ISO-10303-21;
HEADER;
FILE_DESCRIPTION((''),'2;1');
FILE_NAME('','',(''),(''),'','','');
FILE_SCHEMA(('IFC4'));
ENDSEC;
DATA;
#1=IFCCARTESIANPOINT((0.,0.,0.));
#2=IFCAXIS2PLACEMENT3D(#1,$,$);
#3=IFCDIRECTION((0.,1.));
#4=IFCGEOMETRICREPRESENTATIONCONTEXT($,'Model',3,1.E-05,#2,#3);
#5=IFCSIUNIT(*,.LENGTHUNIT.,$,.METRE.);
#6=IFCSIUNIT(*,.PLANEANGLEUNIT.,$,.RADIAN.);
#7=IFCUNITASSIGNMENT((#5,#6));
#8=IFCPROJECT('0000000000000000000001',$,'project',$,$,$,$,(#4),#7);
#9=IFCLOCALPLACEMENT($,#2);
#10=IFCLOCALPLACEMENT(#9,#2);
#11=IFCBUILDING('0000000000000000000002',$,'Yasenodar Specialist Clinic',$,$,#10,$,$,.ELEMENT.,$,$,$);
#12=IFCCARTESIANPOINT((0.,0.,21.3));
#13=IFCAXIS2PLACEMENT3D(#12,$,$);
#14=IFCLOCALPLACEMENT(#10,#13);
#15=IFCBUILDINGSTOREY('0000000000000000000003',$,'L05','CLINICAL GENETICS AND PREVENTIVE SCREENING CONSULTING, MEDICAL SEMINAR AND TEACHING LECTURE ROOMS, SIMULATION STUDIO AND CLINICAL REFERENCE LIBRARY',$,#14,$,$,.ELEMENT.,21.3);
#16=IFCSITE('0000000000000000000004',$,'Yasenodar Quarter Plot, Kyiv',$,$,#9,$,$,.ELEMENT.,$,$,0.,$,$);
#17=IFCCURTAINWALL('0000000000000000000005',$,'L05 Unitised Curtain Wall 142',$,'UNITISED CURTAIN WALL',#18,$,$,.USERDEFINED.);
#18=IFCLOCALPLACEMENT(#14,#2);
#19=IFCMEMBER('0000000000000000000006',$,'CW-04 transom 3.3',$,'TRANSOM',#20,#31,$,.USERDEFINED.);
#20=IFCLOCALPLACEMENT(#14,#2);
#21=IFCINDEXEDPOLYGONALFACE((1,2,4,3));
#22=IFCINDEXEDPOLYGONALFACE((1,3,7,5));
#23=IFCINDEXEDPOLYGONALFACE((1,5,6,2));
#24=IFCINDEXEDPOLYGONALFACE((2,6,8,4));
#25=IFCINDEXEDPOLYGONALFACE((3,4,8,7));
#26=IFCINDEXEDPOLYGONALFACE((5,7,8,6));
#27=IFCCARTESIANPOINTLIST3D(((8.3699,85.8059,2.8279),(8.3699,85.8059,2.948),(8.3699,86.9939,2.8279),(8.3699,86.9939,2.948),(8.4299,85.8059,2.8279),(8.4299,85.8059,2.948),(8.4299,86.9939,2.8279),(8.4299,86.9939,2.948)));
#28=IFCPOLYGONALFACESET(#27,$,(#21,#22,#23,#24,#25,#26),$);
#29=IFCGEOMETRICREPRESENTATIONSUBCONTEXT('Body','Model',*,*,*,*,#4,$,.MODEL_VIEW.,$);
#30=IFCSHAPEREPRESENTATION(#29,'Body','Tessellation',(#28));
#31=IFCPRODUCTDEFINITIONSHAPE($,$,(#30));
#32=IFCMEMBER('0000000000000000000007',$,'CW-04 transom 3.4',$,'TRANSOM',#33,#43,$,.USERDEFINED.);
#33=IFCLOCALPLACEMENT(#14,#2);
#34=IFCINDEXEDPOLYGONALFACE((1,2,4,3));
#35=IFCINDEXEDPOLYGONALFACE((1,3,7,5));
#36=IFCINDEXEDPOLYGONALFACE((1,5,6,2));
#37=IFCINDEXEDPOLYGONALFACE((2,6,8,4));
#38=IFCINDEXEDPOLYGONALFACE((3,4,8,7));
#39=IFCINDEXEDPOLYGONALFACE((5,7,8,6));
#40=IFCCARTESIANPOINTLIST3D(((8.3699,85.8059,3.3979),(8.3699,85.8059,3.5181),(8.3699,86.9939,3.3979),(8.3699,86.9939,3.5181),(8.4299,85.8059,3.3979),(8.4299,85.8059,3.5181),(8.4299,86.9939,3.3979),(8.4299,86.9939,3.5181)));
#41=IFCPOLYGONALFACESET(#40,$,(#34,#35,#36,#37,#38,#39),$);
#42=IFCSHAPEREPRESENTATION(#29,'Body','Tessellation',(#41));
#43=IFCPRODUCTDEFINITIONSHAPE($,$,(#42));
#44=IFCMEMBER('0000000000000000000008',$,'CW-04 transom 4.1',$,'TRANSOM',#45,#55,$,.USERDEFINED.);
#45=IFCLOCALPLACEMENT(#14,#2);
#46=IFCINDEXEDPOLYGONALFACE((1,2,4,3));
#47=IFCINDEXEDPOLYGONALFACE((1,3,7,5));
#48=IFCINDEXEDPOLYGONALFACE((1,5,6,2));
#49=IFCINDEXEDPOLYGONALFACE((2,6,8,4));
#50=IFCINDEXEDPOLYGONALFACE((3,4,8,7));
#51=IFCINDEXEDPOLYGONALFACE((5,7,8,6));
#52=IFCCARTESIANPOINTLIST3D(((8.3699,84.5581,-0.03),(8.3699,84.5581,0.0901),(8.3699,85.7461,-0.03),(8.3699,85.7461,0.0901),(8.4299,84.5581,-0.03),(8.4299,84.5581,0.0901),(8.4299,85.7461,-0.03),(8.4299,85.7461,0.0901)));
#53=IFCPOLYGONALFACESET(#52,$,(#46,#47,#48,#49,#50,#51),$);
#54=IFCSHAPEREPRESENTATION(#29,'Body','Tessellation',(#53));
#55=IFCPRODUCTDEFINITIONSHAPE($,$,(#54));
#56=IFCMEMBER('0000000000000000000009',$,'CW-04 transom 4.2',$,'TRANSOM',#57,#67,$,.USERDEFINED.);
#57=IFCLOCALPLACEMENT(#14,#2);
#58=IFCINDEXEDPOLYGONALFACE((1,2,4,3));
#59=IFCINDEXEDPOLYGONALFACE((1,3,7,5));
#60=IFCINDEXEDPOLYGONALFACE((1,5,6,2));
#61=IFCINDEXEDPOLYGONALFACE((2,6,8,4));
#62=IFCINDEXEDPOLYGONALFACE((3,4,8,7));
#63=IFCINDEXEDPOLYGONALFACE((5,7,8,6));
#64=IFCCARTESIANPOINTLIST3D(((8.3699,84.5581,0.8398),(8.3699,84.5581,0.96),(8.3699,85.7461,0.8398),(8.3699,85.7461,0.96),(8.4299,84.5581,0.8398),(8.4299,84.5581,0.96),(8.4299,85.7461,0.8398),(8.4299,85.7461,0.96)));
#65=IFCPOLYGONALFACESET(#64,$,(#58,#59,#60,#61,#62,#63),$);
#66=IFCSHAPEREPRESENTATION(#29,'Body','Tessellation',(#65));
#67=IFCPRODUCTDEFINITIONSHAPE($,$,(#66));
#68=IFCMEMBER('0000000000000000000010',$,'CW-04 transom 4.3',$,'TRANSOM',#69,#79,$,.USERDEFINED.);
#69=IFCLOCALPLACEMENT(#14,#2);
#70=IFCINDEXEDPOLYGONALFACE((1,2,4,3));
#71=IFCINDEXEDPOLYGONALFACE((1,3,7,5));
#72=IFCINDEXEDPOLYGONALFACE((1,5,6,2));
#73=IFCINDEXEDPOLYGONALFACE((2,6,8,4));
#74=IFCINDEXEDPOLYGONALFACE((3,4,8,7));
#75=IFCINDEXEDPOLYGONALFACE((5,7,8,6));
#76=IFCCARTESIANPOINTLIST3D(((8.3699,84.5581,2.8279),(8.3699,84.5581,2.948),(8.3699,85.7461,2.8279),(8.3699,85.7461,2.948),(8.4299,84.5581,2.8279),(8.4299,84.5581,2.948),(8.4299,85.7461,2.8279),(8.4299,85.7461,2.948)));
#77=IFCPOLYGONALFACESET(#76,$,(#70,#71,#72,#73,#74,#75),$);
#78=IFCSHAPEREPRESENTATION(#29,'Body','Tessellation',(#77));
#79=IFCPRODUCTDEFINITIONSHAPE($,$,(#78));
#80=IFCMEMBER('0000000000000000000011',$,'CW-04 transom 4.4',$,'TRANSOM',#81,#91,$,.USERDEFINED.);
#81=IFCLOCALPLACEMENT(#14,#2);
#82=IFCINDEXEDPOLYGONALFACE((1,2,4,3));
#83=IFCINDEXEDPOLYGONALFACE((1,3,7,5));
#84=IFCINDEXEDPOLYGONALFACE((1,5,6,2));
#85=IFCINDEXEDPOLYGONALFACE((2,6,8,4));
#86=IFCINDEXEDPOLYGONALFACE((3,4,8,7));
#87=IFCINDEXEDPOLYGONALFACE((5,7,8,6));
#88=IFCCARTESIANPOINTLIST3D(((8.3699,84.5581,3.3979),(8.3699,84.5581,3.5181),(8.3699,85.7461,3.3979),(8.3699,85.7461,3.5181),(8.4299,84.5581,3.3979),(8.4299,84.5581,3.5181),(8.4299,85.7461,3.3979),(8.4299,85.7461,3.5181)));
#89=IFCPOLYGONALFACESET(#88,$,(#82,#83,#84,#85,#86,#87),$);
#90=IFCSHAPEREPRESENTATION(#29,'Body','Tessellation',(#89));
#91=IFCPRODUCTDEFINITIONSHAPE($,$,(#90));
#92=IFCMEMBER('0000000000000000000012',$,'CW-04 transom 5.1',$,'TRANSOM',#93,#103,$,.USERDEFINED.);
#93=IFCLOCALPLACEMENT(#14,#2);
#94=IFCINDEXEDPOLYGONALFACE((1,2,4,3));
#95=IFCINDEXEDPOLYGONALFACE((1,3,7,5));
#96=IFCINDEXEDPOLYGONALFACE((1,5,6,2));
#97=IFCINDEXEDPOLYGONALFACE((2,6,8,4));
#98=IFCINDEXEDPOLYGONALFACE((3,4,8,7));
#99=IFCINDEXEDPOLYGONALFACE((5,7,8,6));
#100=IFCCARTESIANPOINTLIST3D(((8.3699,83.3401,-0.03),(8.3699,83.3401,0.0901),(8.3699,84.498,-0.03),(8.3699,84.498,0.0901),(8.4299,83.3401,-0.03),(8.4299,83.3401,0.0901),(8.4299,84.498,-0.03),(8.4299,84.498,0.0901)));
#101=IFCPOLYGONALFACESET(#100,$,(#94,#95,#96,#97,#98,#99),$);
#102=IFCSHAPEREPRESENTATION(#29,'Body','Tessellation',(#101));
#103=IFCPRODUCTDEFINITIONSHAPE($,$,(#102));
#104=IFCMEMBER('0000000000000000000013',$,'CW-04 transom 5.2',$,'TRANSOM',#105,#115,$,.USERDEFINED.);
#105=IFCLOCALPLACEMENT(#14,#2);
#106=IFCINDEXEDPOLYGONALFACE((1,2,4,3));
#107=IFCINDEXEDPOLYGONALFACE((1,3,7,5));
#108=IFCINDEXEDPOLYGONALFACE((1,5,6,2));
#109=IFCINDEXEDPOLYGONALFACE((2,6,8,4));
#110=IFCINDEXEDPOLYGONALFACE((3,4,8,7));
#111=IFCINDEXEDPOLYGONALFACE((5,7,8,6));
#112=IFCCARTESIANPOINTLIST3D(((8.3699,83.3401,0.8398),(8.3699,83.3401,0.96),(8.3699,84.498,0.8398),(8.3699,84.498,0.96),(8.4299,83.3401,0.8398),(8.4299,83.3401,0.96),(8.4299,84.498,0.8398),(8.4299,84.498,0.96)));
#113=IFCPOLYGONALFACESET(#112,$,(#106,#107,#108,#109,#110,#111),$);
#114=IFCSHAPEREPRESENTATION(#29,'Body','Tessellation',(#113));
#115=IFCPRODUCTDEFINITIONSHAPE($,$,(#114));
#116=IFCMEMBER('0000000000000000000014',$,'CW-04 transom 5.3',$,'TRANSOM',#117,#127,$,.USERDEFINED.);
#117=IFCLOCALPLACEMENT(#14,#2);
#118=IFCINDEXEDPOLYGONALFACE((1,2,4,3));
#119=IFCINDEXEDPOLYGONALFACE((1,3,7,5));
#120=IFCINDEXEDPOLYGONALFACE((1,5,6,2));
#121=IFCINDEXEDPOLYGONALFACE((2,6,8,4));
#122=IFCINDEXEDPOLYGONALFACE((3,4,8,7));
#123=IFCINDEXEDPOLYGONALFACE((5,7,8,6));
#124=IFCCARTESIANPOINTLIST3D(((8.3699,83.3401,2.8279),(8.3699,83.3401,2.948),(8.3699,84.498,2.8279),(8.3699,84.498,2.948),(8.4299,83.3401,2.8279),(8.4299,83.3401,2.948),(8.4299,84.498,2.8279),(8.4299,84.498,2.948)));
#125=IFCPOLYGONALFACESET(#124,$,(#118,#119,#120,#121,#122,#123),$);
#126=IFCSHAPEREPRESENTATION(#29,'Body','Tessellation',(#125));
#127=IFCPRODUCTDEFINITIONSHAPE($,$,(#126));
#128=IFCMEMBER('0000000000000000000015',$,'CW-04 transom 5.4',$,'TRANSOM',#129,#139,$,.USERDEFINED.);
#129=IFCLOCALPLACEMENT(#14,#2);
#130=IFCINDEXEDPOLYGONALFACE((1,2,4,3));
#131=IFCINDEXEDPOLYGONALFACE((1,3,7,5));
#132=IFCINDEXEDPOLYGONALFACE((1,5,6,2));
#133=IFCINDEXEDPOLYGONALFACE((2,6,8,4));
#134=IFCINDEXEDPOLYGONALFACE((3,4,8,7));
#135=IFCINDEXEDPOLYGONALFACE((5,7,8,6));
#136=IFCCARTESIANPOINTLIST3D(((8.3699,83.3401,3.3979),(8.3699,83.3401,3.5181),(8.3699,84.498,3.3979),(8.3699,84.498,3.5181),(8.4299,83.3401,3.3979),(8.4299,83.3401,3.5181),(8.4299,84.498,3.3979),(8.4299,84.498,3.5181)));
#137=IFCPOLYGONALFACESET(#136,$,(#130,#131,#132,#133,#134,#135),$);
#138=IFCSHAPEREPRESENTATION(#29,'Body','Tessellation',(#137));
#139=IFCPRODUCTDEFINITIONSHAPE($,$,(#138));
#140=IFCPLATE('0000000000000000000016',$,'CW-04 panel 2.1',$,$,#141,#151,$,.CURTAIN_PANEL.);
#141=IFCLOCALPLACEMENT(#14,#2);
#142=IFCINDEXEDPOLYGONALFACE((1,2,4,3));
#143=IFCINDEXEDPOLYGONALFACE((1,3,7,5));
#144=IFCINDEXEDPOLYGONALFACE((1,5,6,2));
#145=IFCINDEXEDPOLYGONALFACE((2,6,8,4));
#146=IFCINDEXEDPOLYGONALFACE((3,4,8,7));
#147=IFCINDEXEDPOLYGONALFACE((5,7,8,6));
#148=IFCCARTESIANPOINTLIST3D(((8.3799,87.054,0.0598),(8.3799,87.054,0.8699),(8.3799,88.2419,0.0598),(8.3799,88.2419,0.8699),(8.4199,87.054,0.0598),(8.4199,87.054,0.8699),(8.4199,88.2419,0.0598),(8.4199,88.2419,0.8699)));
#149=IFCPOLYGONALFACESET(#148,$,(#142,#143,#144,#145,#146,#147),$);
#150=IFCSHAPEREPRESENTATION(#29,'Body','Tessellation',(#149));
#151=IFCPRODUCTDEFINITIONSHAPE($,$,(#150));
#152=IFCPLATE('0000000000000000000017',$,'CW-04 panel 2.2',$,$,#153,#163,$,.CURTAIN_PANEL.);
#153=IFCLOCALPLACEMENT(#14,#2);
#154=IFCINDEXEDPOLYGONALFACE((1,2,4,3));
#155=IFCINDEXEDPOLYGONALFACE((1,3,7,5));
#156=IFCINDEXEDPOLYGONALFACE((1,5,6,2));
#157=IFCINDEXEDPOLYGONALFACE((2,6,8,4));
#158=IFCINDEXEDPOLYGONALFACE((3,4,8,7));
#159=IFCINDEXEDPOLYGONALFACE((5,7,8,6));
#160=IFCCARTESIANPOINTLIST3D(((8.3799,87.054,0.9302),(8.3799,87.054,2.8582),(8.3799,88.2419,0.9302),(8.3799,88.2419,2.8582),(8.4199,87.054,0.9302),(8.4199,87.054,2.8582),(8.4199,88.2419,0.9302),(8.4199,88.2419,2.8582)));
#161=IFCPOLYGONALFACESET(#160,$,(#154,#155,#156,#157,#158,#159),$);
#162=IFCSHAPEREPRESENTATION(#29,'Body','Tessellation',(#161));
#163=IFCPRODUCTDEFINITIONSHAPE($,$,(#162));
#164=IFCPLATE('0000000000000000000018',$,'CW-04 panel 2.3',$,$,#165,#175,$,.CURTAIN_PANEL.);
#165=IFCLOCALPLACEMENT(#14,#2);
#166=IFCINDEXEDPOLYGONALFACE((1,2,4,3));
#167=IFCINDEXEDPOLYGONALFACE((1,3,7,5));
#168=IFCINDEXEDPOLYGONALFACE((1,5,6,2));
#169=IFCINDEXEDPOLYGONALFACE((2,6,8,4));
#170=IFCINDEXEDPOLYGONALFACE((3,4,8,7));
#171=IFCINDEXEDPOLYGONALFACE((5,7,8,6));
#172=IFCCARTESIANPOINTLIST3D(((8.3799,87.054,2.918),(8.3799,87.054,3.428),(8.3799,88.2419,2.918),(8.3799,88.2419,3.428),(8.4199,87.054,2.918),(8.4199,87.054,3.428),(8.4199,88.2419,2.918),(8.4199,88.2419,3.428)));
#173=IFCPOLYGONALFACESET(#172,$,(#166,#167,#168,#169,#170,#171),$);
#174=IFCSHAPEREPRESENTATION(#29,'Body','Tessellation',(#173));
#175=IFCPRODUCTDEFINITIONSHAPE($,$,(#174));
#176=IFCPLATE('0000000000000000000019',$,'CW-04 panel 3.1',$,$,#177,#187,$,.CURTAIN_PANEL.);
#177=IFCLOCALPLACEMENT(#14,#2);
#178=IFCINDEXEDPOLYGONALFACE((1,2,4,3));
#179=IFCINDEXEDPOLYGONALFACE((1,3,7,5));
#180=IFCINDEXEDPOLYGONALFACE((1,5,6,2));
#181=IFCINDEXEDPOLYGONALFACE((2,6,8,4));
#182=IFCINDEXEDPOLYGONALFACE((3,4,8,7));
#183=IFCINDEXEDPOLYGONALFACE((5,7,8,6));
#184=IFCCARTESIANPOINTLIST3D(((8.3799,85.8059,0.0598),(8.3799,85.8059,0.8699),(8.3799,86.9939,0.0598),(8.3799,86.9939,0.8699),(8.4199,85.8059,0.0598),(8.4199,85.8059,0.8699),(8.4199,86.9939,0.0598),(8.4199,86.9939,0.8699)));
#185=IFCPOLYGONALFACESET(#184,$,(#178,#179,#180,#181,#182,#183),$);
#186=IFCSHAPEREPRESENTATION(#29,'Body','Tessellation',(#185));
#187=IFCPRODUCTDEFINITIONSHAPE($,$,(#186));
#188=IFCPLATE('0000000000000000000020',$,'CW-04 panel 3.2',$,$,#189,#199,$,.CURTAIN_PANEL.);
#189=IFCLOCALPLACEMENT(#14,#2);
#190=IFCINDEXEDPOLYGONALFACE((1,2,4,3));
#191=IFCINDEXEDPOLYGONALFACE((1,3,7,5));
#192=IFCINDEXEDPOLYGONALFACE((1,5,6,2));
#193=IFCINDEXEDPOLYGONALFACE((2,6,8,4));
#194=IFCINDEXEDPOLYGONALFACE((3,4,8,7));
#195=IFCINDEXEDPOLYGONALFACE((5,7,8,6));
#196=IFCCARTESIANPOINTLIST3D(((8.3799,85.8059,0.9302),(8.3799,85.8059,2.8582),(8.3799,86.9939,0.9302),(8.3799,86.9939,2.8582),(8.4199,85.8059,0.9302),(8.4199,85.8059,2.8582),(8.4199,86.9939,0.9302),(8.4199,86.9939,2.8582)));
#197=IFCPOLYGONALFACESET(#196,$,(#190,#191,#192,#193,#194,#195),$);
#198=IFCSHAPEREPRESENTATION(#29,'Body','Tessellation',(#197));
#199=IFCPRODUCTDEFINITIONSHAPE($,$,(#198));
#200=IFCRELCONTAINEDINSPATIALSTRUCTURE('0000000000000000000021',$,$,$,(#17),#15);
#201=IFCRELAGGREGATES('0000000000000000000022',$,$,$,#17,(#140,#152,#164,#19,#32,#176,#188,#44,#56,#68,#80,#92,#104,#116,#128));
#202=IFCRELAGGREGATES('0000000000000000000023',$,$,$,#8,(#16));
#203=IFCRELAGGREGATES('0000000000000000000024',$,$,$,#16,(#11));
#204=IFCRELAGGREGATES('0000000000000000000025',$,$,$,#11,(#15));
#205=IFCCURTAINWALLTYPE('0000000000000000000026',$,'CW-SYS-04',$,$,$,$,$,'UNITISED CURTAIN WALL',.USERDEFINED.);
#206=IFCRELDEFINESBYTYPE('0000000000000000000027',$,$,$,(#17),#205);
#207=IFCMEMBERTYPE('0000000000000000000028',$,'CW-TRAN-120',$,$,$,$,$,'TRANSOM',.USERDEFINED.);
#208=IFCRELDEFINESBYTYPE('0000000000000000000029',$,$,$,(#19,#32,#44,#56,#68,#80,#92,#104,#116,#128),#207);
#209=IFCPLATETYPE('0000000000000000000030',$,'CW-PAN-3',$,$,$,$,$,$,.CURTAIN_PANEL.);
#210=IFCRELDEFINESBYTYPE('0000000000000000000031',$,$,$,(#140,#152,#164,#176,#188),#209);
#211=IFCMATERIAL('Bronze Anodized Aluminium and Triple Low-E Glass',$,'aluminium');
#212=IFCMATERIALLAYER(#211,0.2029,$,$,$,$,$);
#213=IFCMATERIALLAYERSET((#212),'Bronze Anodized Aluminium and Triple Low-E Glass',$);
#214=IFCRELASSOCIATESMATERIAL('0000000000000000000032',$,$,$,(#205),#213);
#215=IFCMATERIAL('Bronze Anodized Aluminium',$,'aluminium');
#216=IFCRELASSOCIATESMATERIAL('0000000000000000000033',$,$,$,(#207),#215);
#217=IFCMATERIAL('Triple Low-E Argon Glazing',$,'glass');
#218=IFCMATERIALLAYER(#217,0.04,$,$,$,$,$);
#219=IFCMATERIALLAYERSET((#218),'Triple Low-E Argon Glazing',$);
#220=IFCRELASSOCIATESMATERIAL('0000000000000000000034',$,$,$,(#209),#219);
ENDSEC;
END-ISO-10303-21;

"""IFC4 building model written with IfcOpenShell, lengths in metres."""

from ifc_helpers import new_model, si_unit, direction, frame, origin, origin_2d, place, context, subcontext, project, spatial, rectangle, extrude, material, layer, layer_set, material_profile, profile_set, type_object, element, aggregate, save


model = new_model("IFC4")

# Units and contexts
model_context = context("Model", 3, precision=1e-05, world=origin(), true_north=direction((0.0, 1.0)))
body_context = subcontext(model_context, "Body", "Model", "MODEL_VIEW")
ifc_project = project(units=[si_unit("LENGTHUNIT", "METRE"), si_unit("PLANEANGLEUNIT", "RADIAN")], contexts=[model_context])

# Site, building, storey
site_placement = place(None, origin())
site = spatial("IfcSite", under=ifc_project, at=site_placement, Name="Yasenodar Quarter Plot, Kyiv", CompositionType="ELEMENT", RefElevation=0.0)
building_placement = place(site_placement, origin())
building = spatial("IfcBuilding", under=site, at=building_placement, Name="Yasenodar Specialist Clinic", CompositionType="ELEMENT")
storey_placement = place(building_placement, frame((0.0, 0.0, 21.3)))
storey = spatial("IfcBuildingStorey", under=building, at=storey_placement, Name="L05", Description="CLINICAL GENETICS AND PREVENTIVE SCREENING CONSULTING, MEDICAL SEMINAR AND TEACHING LECTURE ROOMS, SIMULATION STUDIO AND CLINICAL REFERENCE LIBRARY", CompositionType="ELEMENT", Elevation=21.3)

# Curtain wall, members, plates
ifc_material_1 = material(Name="Bronze Anodized Aluminium and Triple Low-E Glass", Category="aluminium")
ifc_layer_1 = layer(ifc_material_1, 0.2029)
ifc_layer_set_1 = layer_set([ifc_layer_1], Name="Bronze Anodized Aluminium and Triple Low-E Glass")
curtain_wall_type = type_object("IfcCurtainWallType", Name="CW-SYS-04", ElementType="UNITISED CURTAIN WALL", PredefinedType="USERDEFINED", material=ifc_layer_set_1)
curtain_wall_placement = place(storey_placement, origin())
curtain_wall = element("IfcCurtainWall", 1, at=curtain_wall_placement, inside=storey, type_object=curtain_wall_type, Name="L05 Unitised Curtain Wall 142", ObjectType="UNITISED CURTAIN WALL", PredefinedType="USERDEFINED")
ifc_material_2 = material(Name="Bronze Anodized Aluminium", Category="aluminium")
ifc_material_profile_1 = material_profile(ifc_material_2, rectangle(XDim=0.0601, YDim=0.1201, at=origin_2d()), Name="CW-TRAN 60x120")
ifc_profile_set_1 = profile_set([ifc_material_profile_1], Name="Bronze Anodized Aluminium")
member_type_1 = type_object("IfcMemberType", Name="CW-TRAN-120", ElementType="TRANSOM", PredefinedType="USERDEFINED", material=ifc_profile_set_1)
member_1_placement = place(storey_placement, frame((8.3999, 86.9939, 2.8879), z_axis=(0.0, -1.0, 0.0), x_axis=(1.0, 0.0, 0.0)))
member_1 = element("IfcMember", 2, at=member_1_placement, type_object=member_type_1, Name="CW-04 transom 3.3", ObjectType="TRANSOM", PredefinedType="USERDEFINED", context=body_context, shape_type="SweptSolid", body=[
    extrude(rectangle(XDim=0.0601, YDim=0.1201, at=origin_2d()), origin(), (0.0, 0.0, 1.0), 1.188),
])
member_2_placement = place(storey_placement, frame((8.3999, 86.9939, 3.458), z_axis=(0.0, -1.0, 0.0), x_axis=(1.0, 0.0, 0.0)))
member_2 = element("IfcMember", 3, at=member_2_placement, type_object=member_type_1, Name="CW-04 transom 3.4", ObjectType="TRANSOM", PredefinedType="USERDEFINED", context=body_context, shape_type="SweptSolid", body=[
    extrude(rectangle(XDim=0.0601, YDim=0.1201, at=origin_2d()), origin(), (0.0, 0.0, 1.0), 1.188),
])
member_3_placement = place(storey_placement, frame((8.3999, 85.7461, 0.03), z_axis=(0.0, -1.0, 0.0), x_axis=(1.0, 0.0, 0.0)))
member_3 = element("IfcMember", 4, at=member_3_placement, type_object=member_type_1, Name="CW-04 transom 4.1", ObjectType="TRANSOM", PredefinedType="USERDEFINED", context=body_context, shape_type="SweptSolid", body=[
    extrude(rectangle(XDim=0.0601, YDim=0.1201, at=origin_2d()), origin(), (0.0, 0.0, 1.0), 1.188),
])
member_4_placement = place(storey_placement, frame((8.3999, 85.7461, 0.8999), z_axis=(0.0, -1.0, 0.0), x_axis=(1.0, 0.0, 0.0)))
member_4 = element("IfcMember", 5, at=member_4_placement, type_object=member_type_1, Name="CW-04 transom 4.2", ObjectType="TRANSOM", PredefinedType="USERDEFINED", context=body_context, shape_type="SweptSolid", body=[
    extrude(rectangle(XDim=0.0601, YDim=0.1201, at=origin_2d()), origin(), (0.0, 0.0, 1.0), 1.188),
])
member_5_placement = place(storey_placement, frame((8.3999, 85.7461, 2.8879), z_axis=(0.0, -1.0, 0.0), x_axis=(1.0, 0.0, 0.0)))
member_5 = element("IfcMember", 6, at=member_5_placement, type_object=member_type_1, Name="CW-04 transom 4.3", ObjectType="TRANSOM", PredefinedType="USERDEFINED", context=body_context, shape_type="SweptSolid", body=[
    extrude(rectangle(XDim=0.0601, YDim=0.1201, at=origin_2d()), origin(), (0.0, 0.0, 1.0), 1.188),
])
member_6_placement = place(storey_placement, frame((8.3999, 85.7461, 3.458), z_axis=(0.0, -1.0, 0.0), x_axis=(1.0, 0.0, 0.0)))
member_6 = element("IfcMember", 7, at=member_6_placement, type_object=member_type_1, Name="CW-04 transom 4.4", ObjectType="TRANSOM", PredefinedType="USERDEFINED", context=body_context, shape_type="SweptSolid", body=[
    extrude(rectangle(XDim=0.0601, YDim=0.1201, at=origin_2d()), origin(), (0.0, 0.0, 1.0), 1.188),
])
member_7_placement = place(storey_placement, frame((8.3999, 84.498, 0.03), z_axis=(0.0, -1.0, 0.0), x_axis=(1.0, 0.0, 0.0)))
member_7 = element("IfcMember", 8, at=member_7_placement, type_object=member_type_1, Name="CW-04 transom 5.1", ObjectType="TRANSOM", PredefinedType="USERDEFINED", context=body_context, shape_type="SweptSolid", body=[
    extrude(rectangle(XDim=0.0601, YDim=0.1201, at=origin_2d()), origin(), (0.0, 0.0, 1.0), 1.158),
])
member_8_placement = place(storey_placement, frame((8.3999, 84.498, 0.8999), z_axis=(0.0, -1.0, 0.0), x_axis=(1.0, 0.0, 0.0)))
member_8 = element("IfcMember", 9, at=member_8_placement, type_object=member_type_1, Name="CW-04 transom 5.2", ObjectType="TRANSOM", PredefinedType="USERDEFINED", context=body_context, shape_type="SweptSolid", body=[
    extrude(rectangle(XDim=0.0601, YDim=0.1201, at=origin_2d()), origin(), (0.0, 0.0, 1.0), 1.158),
])
member_9_placement = place(storey_placement, frame((8.3999, 84.498, 2.8879), z_axis=(0.0, -1.0, 0.0), x_axis=(1.0, 0.0, 0.0)))
member_9 = element("IfcMember", 10, at=member_9_placement, type_object=member_type_1, Name="CW-04 transom 5.3", ObjectType="TRANSOM", PredefinedType="USERDEFINED", context=body_context, shape_type="SweptSolid", body=[
    extrude(rectangle(XDim=0.0601, YDim=0.1201, at=origin_2d()), origin(), (0.0, 0.0, 1.0), 1.158),
])
member_10_placement = place(storey_placement, frame((8.3999, 84.498, 3.458), z_axis=(0.0, -1.0, 0.0), x_axis=(1.0, 0.0, 0.0)))
member_10 = element("IfcMember", 11, at=member_10_placement, type_object=member_type_1, Name="CW-04 transom 5.4", ObjectType="TRANSOM", PredefinedType="USERDEFINED", context=body_context, shape_type="SweptSolid", body=[
    extrude(rectangle(XDim=0.0601, YDim=0.1201, at=origin_2d()), origin(), (0.0, 0.0, 1.0), 1.158),
])
ifc_material_3 = material(Name="Triple Low-E Argon Glazing", Category="glass")
ifc_layer_2 = layer(ifc_material_3, 0.04)
ifc_layer_set_2 = layer_set([ifc_layer_2], Name="Triple Low-E Argon Glazing")
plate_type = type_object("IfcPlateType", Name="CW-PAN-3", PredefinedType="CURTAIN_PANEL", material=ifc_layer_set_2)
plate_1_placement = place(storey_placement, frame((8.3999, 87.6479, 0.0598), z_axis=(0.0, 0.0, 1.0), x_axis=(0.0, -1.0, 0.0)))
plate_1 = element("IfcPlate", 12, at=plate_1_placement, type_object=plate_type, Name="CW-04 panel 2.1", PredefinedType="CURTAIN_PANEL", context=body_context, shape_type="SweptSolid", body=[
    extrude(rectangle(XDim=1.188, YDim=0.04, at=origin_2d()), origin(), (0.0, 0.0, 1.0), 0.8101),
])
plate_2_placement = place(storey_placement, frame((8.3999, 87.6479, 0.9302), z_axis=(0.0, 0.0, 1.0), x_axis=(0.0, -1.0, 0.0)))
plate_2 = element("IfcPlate", 13, at=plate_2_placement, type_object=plate_type, Name="CW-04 panel 2.2", PredefinedType="CURTAIN_PANEL", context=body_context, shape_type="SweptSolid", body=[
    extrude(rectangle(XDim=1.188, YDim=0.04, at=origin_2d()), origin(), (0.0, 0.0, 1.0), 1.928),
])
plate_3_placement = place(storey_placement, frame((8.3999, 87.6479, 2.918), z_axis=(0.0, 0.0, 1.0), x_axis=(0.0, -1.0, 0.0)))
plate_3 = element("IfcPlate", 14, at=plate_3_placement, type_object=plate_type, Name="CW-04 panel 2.3", PredefinedType="CURTAIN_PANEL", context=body_context, shape_type="SweptSolid", body=[
    extrude(rectangle(XDim=1.188, YDim=0.04, at=origin_2d()), origin(), (0.0, 0.0, 1.0), 0.51),
])
plate_4_placement = place(storey_placement, frame((8.3999, 86.3999, 0.0598), z_axis=(0.0, 0.0, 1.0), x_axis=(0.0, -1.0, 0.0)))
plate_4 = element("IfcPlate", 15, at=plate_4_placement, type_object=plate_type, Name="CW-04 panel 3.1", PredefinedType="CURTAIN_PANEL", context=body_context, shape_type="SweptSolid", body=[
    extrude(rectangle(XDim=1.188, YDim=0.04, at=origin_2d()), origin(), (0.0, 0.0, 1.0), 0.8101),
])
plate_5_placement = place(storey_placement, frame((8.3999, 86.3999, 0.9302), z_axis=(0.0, 0.0, 1.0), x_axis=(0.0, -1.0, 0.0)))
plate_5 = element("IfcPlate", 16, at=plate_5_placement, type_object=plate_type, Name="CW-04 panel 3.2", PredefinedType="CURTAIN_PANEL", context=body_context, shape_type="SweptSolid", body=[
    extrude(rectangle(XDim=1.188, YDim=0.04, at=origin_2d()), origin(), (0.0, 0.0, 1.0), 1.928),
])
aggregate(curtain_wall, [plate_1, plate_2, plate_3, member_1, member_2, plate_4, plate_5, member_3, member_4, member_5, member_6, member_7, member_8, member_9, member_10])

save(model, "model.ifc")
